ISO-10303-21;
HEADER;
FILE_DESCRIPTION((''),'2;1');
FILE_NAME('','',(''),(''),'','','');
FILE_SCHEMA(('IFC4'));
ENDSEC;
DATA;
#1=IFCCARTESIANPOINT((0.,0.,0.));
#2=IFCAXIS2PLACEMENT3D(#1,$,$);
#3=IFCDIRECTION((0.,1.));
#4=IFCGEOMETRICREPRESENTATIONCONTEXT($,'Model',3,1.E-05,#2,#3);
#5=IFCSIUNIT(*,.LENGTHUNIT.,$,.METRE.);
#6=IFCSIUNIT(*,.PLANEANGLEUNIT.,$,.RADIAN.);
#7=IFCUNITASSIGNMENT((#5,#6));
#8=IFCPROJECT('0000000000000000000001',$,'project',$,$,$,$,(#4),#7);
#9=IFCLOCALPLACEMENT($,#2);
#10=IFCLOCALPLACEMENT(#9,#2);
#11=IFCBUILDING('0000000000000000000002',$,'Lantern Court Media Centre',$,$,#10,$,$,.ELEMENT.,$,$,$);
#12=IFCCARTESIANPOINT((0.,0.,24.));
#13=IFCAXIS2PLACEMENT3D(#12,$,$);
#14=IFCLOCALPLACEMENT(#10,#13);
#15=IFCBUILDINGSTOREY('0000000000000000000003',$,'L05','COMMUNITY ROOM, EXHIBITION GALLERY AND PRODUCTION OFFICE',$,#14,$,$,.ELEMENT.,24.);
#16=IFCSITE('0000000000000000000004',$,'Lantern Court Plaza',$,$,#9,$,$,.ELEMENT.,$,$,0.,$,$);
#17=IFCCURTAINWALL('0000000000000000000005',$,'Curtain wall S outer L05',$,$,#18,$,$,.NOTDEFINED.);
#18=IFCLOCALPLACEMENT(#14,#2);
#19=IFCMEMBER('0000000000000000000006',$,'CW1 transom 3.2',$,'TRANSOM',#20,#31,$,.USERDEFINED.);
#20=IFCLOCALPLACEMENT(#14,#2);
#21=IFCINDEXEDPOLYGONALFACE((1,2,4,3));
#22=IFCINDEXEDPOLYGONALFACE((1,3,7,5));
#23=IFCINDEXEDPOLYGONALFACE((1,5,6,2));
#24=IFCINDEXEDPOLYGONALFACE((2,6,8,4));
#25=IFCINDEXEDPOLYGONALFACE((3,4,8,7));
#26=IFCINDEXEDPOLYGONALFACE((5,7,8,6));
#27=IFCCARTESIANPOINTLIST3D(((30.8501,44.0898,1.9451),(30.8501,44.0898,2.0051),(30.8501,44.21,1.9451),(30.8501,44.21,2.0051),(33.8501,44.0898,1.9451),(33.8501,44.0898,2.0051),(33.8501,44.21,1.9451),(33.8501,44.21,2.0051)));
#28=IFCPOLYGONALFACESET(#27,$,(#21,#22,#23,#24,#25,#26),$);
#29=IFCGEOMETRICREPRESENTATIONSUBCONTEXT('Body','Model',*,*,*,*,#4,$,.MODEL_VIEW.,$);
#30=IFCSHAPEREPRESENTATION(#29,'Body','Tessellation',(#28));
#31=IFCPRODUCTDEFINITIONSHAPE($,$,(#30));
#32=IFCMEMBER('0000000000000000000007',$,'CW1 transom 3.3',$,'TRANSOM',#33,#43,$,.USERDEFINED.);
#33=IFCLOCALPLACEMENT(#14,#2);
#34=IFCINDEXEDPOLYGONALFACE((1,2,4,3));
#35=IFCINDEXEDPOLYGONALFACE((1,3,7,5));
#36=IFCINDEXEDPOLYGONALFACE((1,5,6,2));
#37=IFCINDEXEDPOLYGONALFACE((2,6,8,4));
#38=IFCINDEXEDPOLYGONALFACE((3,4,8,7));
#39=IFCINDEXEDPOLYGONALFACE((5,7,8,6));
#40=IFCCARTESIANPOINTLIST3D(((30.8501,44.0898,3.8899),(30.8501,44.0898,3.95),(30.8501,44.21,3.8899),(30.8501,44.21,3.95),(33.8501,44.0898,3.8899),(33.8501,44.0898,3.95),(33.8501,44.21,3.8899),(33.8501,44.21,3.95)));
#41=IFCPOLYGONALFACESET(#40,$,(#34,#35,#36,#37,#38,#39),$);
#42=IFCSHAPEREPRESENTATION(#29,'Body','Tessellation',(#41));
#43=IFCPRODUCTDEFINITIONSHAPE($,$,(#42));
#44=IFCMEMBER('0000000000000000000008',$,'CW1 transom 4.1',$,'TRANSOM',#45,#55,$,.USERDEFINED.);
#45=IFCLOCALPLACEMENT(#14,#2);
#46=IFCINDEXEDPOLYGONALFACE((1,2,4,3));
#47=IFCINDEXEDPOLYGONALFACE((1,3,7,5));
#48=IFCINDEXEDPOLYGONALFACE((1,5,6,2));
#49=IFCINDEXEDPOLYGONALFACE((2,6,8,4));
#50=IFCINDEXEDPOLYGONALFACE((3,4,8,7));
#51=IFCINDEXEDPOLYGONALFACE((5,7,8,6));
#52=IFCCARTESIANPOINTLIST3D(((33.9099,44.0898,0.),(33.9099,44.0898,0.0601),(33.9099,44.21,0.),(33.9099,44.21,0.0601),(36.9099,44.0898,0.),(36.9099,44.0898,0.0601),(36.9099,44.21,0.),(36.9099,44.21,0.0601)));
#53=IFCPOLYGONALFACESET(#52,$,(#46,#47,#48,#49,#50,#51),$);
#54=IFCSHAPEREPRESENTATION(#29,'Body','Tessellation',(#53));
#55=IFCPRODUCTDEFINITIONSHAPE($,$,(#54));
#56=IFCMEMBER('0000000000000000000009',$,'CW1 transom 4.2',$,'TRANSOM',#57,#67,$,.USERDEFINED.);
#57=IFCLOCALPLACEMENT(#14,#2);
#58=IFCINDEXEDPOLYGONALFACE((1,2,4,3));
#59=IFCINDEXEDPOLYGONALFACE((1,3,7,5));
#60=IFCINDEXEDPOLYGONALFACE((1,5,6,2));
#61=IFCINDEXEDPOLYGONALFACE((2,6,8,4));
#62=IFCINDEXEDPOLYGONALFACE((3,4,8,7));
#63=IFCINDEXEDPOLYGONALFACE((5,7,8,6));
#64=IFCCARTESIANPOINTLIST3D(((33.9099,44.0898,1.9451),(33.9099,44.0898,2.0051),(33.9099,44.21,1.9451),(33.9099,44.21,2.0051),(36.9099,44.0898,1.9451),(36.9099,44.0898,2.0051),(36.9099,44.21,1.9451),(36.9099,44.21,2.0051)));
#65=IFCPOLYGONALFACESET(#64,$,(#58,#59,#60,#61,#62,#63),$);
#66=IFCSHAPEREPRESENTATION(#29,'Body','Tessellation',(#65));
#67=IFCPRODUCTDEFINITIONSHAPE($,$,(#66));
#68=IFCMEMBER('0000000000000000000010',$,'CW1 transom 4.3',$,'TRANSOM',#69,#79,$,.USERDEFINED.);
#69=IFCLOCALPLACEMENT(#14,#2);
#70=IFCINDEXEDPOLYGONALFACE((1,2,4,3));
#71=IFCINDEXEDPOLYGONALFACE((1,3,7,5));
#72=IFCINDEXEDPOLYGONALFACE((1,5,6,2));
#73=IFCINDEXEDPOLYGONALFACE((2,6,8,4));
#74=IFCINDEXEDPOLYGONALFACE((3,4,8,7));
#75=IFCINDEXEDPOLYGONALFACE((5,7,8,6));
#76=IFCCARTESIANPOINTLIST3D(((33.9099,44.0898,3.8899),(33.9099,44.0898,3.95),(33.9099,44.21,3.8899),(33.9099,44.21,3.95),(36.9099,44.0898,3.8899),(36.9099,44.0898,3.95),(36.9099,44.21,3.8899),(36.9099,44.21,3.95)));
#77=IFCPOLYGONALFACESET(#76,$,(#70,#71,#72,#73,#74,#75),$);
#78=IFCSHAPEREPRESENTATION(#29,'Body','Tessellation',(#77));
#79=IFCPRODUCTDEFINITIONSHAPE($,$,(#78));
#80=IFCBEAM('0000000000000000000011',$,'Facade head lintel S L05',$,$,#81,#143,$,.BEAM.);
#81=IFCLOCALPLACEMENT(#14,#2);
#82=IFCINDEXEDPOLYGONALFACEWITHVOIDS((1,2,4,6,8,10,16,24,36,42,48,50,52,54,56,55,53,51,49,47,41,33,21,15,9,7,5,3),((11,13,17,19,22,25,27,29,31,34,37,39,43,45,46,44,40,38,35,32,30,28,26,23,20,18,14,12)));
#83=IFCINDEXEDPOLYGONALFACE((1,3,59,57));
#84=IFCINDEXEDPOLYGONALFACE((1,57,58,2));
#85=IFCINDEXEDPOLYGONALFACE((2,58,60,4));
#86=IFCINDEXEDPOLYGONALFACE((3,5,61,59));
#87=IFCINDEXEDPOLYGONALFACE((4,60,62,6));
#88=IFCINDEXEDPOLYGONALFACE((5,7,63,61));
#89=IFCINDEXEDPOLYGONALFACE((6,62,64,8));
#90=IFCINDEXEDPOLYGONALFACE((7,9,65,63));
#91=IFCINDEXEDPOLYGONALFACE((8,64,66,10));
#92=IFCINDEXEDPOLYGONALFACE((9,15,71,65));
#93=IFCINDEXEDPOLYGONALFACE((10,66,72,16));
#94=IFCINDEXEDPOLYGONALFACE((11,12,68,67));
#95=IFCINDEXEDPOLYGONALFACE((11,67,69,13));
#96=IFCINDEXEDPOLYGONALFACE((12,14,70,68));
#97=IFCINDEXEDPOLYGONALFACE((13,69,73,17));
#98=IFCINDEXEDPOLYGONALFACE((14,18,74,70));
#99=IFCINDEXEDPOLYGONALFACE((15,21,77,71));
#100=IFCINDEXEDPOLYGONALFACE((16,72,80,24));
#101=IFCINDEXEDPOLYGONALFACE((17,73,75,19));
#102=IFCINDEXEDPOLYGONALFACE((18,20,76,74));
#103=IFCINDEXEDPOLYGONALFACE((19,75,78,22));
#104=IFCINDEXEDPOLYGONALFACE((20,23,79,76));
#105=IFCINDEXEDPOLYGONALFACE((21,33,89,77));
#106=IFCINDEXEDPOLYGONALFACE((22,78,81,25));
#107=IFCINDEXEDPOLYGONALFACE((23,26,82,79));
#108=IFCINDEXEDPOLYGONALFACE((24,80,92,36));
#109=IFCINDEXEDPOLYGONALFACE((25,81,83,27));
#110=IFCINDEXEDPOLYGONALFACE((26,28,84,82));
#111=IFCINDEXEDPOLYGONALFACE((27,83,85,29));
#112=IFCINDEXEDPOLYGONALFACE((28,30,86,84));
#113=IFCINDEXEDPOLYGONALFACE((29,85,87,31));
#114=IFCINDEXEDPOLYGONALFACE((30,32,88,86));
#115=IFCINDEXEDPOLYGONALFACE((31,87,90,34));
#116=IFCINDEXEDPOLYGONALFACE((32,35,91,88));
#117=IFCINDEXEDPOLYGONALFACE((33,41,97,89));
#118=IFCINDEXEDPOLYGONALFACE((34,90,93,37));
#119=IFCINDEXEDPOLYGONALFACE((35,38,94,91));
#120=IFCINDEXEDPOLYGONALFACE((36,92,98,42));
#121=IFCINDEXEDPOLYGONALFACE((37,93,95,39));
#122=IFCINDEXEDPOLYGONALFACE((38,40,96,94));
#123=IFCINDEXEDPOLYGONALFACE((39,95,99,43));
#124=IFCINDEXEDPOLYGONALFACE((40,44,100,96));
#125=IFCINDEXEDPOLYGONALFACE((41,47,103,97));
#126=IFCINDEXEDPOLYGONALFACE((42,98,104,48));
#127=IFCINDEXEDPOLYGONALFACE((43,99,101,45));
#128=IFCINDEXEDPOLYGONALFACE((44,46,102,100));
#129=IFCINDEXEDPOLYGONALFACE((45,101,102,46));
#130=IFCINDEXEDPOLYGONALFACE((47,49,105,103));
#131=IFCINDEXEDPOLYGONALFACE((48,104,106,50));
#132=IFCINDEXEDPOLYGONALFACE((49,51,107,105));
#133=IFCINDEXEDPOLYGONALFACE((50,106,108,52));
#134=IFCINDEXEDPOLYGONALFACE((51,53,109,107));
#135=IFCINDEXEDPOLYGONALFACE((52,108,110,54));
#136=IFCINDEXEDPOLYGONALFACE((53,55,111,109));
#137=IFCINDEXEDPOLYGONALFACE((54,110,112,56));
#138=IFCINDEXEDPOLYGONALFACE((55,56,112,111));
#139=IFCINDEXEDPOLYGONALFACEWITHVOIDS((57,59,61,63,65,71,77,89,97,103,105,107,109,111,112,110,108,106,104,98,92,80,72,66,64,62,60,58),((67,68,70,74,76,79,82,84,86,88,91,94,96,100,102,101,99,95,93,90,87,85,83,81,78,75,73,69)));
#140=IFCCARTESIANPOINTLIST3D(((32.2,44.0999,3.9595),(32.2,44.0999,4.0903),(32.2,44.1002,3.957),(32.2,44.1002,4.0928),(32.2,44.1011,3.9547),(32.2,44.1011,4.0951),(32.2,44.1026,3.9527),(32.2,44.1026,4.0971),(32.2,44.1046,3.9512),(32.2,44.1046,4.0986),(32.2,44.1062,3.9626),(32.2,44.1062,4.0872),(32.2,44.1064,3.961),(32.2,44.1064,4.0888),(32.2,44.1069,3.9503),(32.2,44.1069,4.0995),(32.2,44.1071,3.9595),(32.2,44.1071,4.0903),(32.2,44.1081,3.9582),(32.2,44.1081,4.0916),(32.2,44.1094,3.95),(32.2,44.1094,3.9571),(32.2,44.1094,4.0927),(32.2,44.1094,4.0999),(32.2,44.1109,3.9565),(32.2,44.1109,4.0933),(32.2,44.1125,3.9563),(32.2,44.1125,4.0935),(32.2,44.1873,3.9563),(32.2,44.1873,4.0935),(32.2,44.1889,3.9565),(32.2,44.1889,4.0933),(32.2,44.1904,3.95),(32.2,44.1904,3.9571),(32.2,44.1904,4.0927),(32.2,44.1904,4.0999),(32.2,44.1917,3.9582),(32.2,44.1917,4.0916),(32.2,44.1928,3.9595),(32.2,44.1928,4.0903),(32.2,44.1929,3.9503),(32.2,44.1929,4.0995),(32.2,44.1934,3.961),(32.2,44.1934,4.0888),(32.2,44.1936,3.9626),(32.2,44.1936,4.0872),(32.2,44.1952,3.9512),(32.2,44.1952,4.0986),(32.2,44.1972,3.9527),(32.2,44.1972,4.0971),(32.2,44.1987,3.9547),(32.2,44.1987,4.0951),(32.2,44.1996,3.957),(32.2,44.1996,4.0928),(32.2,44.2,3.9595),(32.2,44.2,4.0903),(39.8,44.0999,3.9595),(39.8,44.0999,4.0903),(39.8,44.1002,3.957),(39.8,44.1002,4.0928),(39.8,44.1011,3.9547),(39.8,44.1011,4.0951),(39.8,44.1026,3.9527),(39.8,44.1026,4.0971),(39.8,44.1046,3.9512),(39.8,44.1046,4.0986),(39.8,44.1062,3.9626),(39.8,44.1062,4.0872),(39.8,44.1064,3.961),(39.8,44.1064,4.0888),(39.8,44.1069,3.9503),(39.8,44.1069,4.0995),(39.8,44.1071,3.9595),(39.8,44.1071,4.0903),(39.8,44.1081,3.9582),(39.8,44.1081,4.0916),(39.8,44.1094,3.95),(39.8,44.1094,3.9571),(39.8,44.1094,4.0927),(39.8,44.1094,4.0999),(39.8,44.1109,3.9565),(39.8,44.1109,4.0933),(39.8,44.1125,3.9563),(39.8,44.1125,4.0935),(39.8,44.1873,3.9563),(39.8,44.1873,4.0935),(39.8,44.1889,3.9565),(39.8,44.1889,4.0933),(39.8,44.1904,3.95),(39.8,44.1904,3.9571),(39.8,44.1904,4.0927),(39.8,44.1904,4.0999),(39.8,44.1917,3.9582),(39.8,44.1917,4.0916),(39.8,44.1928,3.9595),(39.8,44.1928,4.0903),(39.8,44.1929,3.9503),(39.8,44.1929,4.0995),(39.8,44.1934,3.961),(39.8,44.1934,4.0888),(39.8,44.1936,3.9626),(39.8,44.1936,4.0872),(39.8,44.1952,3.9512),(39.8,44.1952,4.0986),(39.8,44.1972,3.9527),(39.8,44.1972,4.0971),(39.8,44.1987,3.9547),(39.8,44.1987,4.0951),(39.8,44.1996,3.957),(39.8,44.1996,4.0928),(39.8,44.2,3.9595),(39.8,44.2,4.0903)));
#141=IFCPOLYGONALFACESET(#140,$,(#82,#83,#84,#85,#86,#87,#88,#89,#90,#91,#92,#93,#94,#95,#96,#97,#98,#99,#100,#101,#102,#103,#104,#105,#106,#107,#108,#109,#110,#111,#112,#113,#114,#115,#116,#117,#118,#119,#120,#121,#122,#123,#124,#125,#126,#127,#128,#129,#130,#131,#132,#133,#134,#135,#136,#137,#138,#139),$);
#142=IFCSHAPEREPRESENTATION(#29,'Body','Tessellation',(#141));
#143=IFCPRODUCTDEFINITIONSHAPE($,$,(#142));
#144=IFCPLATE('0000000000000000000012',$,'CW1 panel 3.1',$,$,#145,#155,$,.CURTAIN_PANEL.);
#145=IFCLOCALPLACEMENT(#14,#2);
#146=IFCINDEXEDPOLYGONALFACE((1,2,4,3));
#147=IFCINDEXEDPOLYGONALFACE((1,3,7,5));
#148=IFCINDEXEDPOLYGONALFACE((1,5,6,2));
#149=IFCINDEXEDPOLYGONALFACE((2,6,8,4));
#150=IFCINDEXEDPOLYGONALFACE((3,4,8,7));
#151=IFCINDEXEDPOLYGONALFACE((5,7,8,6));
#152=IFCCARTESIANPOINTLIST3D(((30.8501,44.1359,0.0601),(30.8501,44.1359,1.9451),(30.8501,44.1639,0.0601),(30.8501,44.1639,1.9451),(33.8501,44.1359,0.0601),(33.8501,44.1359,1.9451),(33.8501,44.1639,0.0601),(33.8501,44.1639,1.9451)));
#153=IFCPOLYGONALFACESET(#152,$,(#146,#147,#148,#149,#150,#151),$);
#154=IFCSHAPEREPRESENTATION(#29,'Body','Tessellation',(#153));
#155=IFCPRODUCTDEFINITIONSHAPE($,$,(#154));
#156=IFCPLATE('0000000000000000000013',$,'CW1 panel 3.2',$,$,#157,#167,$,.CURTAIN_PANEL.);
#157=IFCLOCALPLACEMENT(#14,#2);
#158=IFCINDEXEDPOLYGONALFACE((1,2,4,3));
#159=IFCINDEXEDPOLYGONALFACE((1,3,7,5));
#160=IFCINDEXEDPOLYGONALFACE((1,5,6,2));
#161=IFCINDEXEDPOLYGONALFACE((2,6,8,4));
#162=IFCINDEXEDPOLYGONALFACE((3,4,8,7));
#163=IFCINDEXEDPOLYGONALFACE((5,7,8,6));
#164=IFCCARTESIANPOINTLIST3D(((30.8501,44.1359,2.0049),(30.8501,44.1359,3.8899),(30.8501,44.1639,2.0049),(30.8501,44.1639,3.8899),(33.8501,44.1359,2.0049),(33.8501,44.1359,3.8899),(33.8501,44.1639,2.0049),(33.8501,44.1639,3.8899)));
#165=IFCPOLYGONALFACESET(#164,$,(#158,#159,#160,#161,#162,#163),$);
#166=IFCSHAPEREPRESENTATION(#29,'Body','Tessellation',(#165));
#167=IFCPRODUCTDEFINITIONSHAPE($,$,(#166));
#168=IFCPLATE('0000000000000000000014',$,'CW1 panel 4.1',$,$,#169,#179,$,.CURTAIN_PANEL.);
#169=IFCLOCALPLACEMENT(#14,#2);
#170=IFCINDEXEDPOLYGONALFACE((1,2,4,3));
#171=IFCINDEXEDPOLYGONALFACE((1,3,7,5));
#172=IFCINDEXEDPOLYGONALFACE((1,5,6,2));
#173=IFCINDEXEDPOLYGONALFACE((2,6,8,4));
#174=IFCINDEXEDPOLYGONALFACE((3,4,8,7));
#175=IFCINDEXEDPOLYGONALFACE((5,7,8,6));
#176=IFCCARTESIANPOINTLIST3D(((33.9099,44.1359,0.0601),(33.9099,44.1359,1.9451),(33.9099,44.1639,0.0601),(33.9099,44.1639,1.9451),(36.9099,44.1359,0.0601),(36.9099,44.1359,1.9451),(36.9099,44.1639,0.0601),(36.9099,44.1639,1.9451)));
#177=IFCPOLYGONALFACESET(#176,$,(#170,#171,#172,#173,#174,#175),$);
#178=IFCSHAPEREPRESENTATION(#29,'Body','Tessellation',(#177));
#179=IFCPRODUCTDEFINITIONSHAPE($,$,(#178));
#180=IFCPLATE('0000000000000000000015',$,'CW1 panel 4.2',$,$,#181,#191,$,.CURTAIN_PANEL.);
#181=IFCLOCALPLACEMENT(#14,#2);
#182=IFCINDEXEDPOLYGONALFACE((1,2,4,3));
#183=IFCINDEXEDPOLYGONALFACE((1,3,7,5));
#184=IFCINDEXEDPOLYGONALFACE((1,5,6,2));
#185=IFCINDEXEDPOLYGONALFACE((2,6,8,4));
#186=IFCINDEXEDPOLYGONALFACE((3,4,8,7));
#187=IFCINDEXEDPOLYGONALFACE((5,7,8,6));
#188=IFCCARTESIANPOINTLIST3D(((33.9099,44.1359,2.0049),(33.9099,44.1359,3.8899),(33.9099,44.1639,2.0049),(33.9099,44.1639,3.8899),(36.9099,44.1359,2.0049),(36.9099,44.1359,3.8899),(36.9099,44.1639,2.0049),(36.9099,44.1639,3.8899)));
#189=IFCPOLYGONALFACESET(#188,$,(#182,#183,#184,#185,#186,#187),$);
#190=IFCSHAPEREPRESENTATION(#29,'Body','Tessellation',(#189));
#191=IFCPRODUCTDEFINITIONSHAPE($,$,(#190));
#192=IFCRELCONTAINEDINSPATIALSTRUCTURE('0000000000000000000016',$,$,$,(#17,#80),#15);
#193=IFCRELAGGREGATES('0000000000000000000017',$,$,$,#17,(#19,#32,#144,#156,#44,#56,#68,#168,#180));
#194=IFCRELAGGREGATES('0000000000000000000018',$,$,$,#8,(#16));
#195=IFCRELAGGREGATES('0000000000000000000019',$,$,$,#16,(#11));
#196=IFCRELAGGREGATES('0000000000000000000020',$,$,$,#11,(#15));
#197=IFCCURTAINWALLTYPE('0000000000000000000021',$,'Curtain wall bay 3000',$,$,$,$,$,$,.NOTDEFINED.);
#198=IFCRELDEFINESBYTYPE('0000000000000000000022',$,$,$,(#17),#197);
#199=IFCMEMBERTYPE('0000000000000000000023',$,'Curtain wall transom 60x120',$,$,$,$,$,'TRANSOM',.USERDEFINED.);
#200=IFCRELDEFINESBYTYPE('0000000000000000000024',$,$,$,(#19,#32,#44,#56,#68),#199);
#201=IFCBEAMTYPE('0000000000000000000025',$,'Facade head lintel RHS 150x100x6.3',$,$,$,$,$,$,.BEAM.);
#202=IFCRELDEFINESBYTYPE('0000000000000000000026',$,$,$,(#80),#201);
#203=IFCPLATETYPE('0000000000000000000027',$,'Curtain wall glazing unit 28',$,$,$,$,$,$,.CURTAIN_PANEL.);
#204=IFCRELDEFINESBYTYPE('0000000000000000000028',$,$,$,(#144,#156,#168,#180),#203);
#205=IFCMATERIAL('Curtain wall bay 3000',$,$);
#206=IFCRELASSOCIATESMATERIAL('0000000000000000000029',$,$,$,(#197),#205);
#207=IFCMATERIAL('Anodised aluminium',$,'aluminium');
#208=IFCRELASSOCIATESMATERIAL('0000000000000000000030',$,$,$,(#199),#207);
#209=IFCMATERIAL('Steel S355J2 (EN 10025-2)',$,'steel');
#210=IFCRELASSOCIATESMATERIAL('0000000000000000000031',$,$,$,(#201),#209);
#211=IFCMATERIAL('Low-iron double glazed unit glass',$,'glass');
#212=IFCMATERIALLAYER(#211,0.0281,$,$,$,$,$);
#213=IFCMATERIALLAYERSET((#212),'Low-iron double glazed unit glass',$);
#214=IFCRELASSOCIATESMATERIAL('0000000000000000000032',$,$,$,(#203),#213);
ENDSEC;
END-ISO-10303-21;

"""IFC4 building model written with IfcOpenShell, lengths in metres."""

from ifc_helpers import new_model, si_unit, direction, frame, origin, origin_2d, place, context, subcontext, project, spatial, rectangle, hollow_rectangle, extrude, material, layer, layer_set, material_profile, profile_set, type_object, element, aggregate, save


model = new_model("IFC4")

# Units and contexts
model_context = context("Model", 3, precision=1e-05, world=origin(), true_north=direction((0.0, 1.0)))
body_context = subcontext(model_context, "Body", "Model", "MODEL_VIEW")
ifc_project = project(units=[si_unit("LENGTHUNIT", "METRE"), si_unit("PLANEANGLEUNIT", "RADIAN")], contexts=[model_context])

# Site, building, storey
site_placement = place(None, origin())
site = spatial("IfcSite", under=ifc_project, at=site_placement, Name="Lantern Court Plaza", CompositionType="ELEMENT", RefElevation=0.0)
building_placement = place(site_placement, origin())
building = spatial("IfcBuilding", under=site, at=building_placement, Name="Lantern Court Media Centre", CompositionType="ELEMENT")
storey_placement = place(building_placement, frame((0.0, 0.0, 24.0)))
storey = spatial("IfcBuildingStorey", under=building, at=storey_placement, Name="L05", Description="COMMUNITY ROOM, EXHIBITION GALLERY AND PRODUCTION OFFICE", CompositionType="ELEMENT", Elevation=24.0)

# Curtain wall, members
ifc_material_1 = material(Name="Curtain wall bay 3000")
curtain_wall_type = type_object("IfcCurtainWallType", Name="Curtain wall bay 3000", PredefinedType="NOTDEFINED", material=ifc_material_1)
curtain_wall_placement = place(storey_placement, origin())
curtain_wall = element("IfcCurtainWall", 1, at=curtain_wall_placement, inside=storey, type_object=curtain_wall_type, Name="Curtain wall S outer L05", PredefinedType="NOTDEFINED")
ifc_material_2 = material(Name="Anodised aluminium", Category="aluminium")
ifc_material_profile_1 = material_profile(ifc_material_2, rectangle(XDim=0.1201, YDim=0.0601, at=origin_2d()), Name="AL 60x120")
ifc_profile_set_1 = profile_set([ifc_material_profile_1], Name="Anodised aluminium")
member_type = type_object("IfcMemberType", Name="Curtain wall transom 60x120", ElementType="TRANSOM", PredefinedType="USERDEFINED", material=ifc_profile_set_1)
member_1_placement = place(storey_placement, frame((30.8501, 44.1499, 1.9751), z_axis=(1.0, 0.0, 0.0), x_axis=(0.0, 1.0, 0.0)))
member_1 = element("IfcMember", 2, at=member_1_placement, type_object=member_type, Name="CW1 transom 3.2", ObjectType="TRANSOM", PredefinedType="USERDEFINED", context=body_context, shape_type="SweptSolid", body=[
    extrude(rectangle(XDim=0.1201, YDim=0.0601, at=origin_2d()), origin(), (0.0, 0.0, 1.0), 3.0),
])
member_2_placement = place(storey_placement, frame((30.8501, 44.1499, 3.9199), z_axis=(1.0, 0.0, 0.0), x_axis=(0.0, 1.0, 0.0)))
member_2 = element("IfcMember", 3, at=member_2_placement, type_object=member_type, Name="CW1 transom 3.3", ObjectType="TRANSOM", PredefinedType="USERDEFINED", context=body_context, shape_type="SweptSolid", body=[
    extrude(rectangle(XDim=0.1201, YDim=0.0601, at=origin_2d()), origin(), (0.0, 0.0, 1.0), 3.0),
])
member_3_placement = place(storey_placement, frame((33.9099, 44.1499, 0.03), z_axis=(1.0, 0.0, 0.0), x_axis=(0.0, 1.0, 0.0)))
member_3 = element("IfcMember", 4, at=member_3_placement, type_object=member_type, Name="CW1 transom 4.1", ObjectType="TRANSOM", PredefinedType="USERDEFINED", context=body_context, shape_type="SweptSolid", body=[
    extrude(rectangle(XDim=0.1201, YDim=0.0601, at=origin_2d()), origin(), (0.0, 0.0, 1.0), 3.0),
])
member_4_placement = place(storey_placement, frame((33.9099, 44.1499, 1.9751), z_axis=(1.0, 0.0, 0.0), x_axis=(0.0, 1.0, 0.0)))
member_4 = element("IfcMember", 5, at=member_4_placement, type_object=member_type, Name="CW1 transom 4.2", ObjectType="TRANSOM", PredefinedType="USERDEFINED", context=body_context, shape_type="SweptSolid", body=[
    extrude(rectangle(XDim=0.1201, YDim=0.0601, at=origin_2d()), origin(), (0.0, 0.0, 1.0), 3.0),
])
member_5_placement = place(storey_placement, frame((33.9099, 44.1499, 3.9199), z_axis=(1.0, 0.0, 0.0), x_axis=(0.0, 1.0, 0.0)))
member_5 = element("IfcMember", 6, at=member_5_placement, type_object=member_type, Name="CW1 transom 4.3", ObjectType="TRANSOM", PredefinedType="USERDEFINED", context=body_context, shape_type="SweptSolid", body=[
    extrude(rectangle(XDim=0.1201, YDim=0.0601, at=origin_2d()), origin(), (0.0, 0.0, 1.0), 3.0),
])

# Beam
ifc_material_3 = material(Name="Steel S355J2 (EN 10025-2)", Category="steel")
ifc_material_profile_2 = material_profile(ifc_material_3, hollow_rectangle(XDim=0.1001, YDim=0.1499, WallThickness=0.0063, InnerFilletRadius=0.0063, OuterFilletRadius=0.0095, at=origin_2d()), Name="Facade head lintel RHS 150x100x6.3")
ifc_profile_set_2 = profile_set([ifc_material_profile_2], Name="Steel S355J2 (EN 10025-2)")
beam_type = type_object("IfcBeamType", Name="Facade head lintel RHS 150x100x6.3", PredefinedType="BEAM", material=ifc_profile_set_2)
beam_placement = place(storey_placement, frame((32.2, 44.1499, 4.0249), z_axis=(1.0, 0.0, 0.0), x_axis=(0.0, 1.0, 0.0)))
element("IfcBeam", 7, at=beam_placement, inside=storey, type_object=beam_type, Name="Facade head lintel S L05", PredefinedType="BEAM", context=body_context, shape_type="SweptSolid", body=[
    extrude(hollow_rectangle(XDim=0.1001, YDim=0.1499, WallThickness=0.0063, InnerFilletRadius=0.0063, OuterFilletRadius=0.0095, at=origin_2d()), origin(), (0.0, 0.0, 1.0), 7.6001),
])

# Plates
ifc_material_4 = material(Name="Low-iron double glazed unit glass", Category="glass")
ifc_layer_1 = layer(ifc_material_4, 0.0281)
ifc_layer_set_1 = layer_set([ifc_layer_1], Name="Low-iron double glazed unit glass")
plate_type = type_object("IfcPlateType", Name="Curtain wall glazing unit 28", PredefinedType="CURTAIN_PANEL", material=ifc_layer_set_1)
plate_1_placement = place(storey_placement, frame((32.3501, 44.1499, 0.0601), z_axis=(0.0, 0.0, 1.0), x_axis=(1.0, 0.0, 0.0)))
plate_1 = element("IfcPlate", 8, at=plate_1_placement, type_object=plate_type, Name="CW1 panel 3.1", PredefinedType="CURTAIN_PANEL", context=body_context, shape_type="SweptSolid", body=[
    extrude(rectangle(XDim=3.0, YDim=0.0281, at=origin_2d()), origin(), (0.0, 0.0, 1.0), 1.885),
])
plate_2_placement = place(storey_placement, frame((32.3501, 44.1499, 2.0049), z_axis=(0.0, 0.0, 1.0), x_axis=(1.0, 0.0, 0.0)))
plate_2 = element("IfcPlate", 9, at=plate_2_placement, type_object=plate_type, Name="CW1 panel 3.2", PredefinedType="CURTAIN_PANEL", context=body_context, shape_type="SweptSolid", body=[
    extrude(rectangle(XDim=3.0, YDim=0.0281, at=origin_2d()), origin(), (0.0, 0.0, 1.0), 1.885),
])
plate_3_placement = place(storey_placement, frame((35.4099, 44.1499, 0.0601), z_axis=(0.0, 0.0, 1.0), x_axis=(1.0, 0.0, 0.0)))
plate_3 = element("IfcPlate", 10, at=plate_3_placement, type_object=plate_type, Name="CW1 panel 4.1", PredefinedType="CURTAIN_PANEL", context=body_context, shape_type="SweptSolid", body=[
    extrude(rectangle(XDim=3.0, YDim=0.0281, at=origin_2d()), origin(), (0.0, 0.0, 1.0), 1.885),
])
plate_4_placement = place(storey_placement, frame((35.4099, 44.1499, 2.0049), z_axis=(0.0, 0.0, 1.0), x_axis=(1.0, 0.0, 0.0)))
plate_4 = element("IfcPlate", 11, at=plate_4_placement, type_object=plate_type, Name="CW1 panel 4.2", PredefinedType="CURTAIN_PANEL", context=body_context, shape_type="SweptSolid", body=[
    extrude(rectangle(XDim=3.0, YDim=0.0281, at=origin_2d()), origin(), (0.0, 0.0, 1.0), 1.885),
])
aggregate(curtain_wall, [member_1, member_2, plate_1, plate_2, member_3, member_4, member_5, plate_3, plate_4])

save(model, "model.ifc")
